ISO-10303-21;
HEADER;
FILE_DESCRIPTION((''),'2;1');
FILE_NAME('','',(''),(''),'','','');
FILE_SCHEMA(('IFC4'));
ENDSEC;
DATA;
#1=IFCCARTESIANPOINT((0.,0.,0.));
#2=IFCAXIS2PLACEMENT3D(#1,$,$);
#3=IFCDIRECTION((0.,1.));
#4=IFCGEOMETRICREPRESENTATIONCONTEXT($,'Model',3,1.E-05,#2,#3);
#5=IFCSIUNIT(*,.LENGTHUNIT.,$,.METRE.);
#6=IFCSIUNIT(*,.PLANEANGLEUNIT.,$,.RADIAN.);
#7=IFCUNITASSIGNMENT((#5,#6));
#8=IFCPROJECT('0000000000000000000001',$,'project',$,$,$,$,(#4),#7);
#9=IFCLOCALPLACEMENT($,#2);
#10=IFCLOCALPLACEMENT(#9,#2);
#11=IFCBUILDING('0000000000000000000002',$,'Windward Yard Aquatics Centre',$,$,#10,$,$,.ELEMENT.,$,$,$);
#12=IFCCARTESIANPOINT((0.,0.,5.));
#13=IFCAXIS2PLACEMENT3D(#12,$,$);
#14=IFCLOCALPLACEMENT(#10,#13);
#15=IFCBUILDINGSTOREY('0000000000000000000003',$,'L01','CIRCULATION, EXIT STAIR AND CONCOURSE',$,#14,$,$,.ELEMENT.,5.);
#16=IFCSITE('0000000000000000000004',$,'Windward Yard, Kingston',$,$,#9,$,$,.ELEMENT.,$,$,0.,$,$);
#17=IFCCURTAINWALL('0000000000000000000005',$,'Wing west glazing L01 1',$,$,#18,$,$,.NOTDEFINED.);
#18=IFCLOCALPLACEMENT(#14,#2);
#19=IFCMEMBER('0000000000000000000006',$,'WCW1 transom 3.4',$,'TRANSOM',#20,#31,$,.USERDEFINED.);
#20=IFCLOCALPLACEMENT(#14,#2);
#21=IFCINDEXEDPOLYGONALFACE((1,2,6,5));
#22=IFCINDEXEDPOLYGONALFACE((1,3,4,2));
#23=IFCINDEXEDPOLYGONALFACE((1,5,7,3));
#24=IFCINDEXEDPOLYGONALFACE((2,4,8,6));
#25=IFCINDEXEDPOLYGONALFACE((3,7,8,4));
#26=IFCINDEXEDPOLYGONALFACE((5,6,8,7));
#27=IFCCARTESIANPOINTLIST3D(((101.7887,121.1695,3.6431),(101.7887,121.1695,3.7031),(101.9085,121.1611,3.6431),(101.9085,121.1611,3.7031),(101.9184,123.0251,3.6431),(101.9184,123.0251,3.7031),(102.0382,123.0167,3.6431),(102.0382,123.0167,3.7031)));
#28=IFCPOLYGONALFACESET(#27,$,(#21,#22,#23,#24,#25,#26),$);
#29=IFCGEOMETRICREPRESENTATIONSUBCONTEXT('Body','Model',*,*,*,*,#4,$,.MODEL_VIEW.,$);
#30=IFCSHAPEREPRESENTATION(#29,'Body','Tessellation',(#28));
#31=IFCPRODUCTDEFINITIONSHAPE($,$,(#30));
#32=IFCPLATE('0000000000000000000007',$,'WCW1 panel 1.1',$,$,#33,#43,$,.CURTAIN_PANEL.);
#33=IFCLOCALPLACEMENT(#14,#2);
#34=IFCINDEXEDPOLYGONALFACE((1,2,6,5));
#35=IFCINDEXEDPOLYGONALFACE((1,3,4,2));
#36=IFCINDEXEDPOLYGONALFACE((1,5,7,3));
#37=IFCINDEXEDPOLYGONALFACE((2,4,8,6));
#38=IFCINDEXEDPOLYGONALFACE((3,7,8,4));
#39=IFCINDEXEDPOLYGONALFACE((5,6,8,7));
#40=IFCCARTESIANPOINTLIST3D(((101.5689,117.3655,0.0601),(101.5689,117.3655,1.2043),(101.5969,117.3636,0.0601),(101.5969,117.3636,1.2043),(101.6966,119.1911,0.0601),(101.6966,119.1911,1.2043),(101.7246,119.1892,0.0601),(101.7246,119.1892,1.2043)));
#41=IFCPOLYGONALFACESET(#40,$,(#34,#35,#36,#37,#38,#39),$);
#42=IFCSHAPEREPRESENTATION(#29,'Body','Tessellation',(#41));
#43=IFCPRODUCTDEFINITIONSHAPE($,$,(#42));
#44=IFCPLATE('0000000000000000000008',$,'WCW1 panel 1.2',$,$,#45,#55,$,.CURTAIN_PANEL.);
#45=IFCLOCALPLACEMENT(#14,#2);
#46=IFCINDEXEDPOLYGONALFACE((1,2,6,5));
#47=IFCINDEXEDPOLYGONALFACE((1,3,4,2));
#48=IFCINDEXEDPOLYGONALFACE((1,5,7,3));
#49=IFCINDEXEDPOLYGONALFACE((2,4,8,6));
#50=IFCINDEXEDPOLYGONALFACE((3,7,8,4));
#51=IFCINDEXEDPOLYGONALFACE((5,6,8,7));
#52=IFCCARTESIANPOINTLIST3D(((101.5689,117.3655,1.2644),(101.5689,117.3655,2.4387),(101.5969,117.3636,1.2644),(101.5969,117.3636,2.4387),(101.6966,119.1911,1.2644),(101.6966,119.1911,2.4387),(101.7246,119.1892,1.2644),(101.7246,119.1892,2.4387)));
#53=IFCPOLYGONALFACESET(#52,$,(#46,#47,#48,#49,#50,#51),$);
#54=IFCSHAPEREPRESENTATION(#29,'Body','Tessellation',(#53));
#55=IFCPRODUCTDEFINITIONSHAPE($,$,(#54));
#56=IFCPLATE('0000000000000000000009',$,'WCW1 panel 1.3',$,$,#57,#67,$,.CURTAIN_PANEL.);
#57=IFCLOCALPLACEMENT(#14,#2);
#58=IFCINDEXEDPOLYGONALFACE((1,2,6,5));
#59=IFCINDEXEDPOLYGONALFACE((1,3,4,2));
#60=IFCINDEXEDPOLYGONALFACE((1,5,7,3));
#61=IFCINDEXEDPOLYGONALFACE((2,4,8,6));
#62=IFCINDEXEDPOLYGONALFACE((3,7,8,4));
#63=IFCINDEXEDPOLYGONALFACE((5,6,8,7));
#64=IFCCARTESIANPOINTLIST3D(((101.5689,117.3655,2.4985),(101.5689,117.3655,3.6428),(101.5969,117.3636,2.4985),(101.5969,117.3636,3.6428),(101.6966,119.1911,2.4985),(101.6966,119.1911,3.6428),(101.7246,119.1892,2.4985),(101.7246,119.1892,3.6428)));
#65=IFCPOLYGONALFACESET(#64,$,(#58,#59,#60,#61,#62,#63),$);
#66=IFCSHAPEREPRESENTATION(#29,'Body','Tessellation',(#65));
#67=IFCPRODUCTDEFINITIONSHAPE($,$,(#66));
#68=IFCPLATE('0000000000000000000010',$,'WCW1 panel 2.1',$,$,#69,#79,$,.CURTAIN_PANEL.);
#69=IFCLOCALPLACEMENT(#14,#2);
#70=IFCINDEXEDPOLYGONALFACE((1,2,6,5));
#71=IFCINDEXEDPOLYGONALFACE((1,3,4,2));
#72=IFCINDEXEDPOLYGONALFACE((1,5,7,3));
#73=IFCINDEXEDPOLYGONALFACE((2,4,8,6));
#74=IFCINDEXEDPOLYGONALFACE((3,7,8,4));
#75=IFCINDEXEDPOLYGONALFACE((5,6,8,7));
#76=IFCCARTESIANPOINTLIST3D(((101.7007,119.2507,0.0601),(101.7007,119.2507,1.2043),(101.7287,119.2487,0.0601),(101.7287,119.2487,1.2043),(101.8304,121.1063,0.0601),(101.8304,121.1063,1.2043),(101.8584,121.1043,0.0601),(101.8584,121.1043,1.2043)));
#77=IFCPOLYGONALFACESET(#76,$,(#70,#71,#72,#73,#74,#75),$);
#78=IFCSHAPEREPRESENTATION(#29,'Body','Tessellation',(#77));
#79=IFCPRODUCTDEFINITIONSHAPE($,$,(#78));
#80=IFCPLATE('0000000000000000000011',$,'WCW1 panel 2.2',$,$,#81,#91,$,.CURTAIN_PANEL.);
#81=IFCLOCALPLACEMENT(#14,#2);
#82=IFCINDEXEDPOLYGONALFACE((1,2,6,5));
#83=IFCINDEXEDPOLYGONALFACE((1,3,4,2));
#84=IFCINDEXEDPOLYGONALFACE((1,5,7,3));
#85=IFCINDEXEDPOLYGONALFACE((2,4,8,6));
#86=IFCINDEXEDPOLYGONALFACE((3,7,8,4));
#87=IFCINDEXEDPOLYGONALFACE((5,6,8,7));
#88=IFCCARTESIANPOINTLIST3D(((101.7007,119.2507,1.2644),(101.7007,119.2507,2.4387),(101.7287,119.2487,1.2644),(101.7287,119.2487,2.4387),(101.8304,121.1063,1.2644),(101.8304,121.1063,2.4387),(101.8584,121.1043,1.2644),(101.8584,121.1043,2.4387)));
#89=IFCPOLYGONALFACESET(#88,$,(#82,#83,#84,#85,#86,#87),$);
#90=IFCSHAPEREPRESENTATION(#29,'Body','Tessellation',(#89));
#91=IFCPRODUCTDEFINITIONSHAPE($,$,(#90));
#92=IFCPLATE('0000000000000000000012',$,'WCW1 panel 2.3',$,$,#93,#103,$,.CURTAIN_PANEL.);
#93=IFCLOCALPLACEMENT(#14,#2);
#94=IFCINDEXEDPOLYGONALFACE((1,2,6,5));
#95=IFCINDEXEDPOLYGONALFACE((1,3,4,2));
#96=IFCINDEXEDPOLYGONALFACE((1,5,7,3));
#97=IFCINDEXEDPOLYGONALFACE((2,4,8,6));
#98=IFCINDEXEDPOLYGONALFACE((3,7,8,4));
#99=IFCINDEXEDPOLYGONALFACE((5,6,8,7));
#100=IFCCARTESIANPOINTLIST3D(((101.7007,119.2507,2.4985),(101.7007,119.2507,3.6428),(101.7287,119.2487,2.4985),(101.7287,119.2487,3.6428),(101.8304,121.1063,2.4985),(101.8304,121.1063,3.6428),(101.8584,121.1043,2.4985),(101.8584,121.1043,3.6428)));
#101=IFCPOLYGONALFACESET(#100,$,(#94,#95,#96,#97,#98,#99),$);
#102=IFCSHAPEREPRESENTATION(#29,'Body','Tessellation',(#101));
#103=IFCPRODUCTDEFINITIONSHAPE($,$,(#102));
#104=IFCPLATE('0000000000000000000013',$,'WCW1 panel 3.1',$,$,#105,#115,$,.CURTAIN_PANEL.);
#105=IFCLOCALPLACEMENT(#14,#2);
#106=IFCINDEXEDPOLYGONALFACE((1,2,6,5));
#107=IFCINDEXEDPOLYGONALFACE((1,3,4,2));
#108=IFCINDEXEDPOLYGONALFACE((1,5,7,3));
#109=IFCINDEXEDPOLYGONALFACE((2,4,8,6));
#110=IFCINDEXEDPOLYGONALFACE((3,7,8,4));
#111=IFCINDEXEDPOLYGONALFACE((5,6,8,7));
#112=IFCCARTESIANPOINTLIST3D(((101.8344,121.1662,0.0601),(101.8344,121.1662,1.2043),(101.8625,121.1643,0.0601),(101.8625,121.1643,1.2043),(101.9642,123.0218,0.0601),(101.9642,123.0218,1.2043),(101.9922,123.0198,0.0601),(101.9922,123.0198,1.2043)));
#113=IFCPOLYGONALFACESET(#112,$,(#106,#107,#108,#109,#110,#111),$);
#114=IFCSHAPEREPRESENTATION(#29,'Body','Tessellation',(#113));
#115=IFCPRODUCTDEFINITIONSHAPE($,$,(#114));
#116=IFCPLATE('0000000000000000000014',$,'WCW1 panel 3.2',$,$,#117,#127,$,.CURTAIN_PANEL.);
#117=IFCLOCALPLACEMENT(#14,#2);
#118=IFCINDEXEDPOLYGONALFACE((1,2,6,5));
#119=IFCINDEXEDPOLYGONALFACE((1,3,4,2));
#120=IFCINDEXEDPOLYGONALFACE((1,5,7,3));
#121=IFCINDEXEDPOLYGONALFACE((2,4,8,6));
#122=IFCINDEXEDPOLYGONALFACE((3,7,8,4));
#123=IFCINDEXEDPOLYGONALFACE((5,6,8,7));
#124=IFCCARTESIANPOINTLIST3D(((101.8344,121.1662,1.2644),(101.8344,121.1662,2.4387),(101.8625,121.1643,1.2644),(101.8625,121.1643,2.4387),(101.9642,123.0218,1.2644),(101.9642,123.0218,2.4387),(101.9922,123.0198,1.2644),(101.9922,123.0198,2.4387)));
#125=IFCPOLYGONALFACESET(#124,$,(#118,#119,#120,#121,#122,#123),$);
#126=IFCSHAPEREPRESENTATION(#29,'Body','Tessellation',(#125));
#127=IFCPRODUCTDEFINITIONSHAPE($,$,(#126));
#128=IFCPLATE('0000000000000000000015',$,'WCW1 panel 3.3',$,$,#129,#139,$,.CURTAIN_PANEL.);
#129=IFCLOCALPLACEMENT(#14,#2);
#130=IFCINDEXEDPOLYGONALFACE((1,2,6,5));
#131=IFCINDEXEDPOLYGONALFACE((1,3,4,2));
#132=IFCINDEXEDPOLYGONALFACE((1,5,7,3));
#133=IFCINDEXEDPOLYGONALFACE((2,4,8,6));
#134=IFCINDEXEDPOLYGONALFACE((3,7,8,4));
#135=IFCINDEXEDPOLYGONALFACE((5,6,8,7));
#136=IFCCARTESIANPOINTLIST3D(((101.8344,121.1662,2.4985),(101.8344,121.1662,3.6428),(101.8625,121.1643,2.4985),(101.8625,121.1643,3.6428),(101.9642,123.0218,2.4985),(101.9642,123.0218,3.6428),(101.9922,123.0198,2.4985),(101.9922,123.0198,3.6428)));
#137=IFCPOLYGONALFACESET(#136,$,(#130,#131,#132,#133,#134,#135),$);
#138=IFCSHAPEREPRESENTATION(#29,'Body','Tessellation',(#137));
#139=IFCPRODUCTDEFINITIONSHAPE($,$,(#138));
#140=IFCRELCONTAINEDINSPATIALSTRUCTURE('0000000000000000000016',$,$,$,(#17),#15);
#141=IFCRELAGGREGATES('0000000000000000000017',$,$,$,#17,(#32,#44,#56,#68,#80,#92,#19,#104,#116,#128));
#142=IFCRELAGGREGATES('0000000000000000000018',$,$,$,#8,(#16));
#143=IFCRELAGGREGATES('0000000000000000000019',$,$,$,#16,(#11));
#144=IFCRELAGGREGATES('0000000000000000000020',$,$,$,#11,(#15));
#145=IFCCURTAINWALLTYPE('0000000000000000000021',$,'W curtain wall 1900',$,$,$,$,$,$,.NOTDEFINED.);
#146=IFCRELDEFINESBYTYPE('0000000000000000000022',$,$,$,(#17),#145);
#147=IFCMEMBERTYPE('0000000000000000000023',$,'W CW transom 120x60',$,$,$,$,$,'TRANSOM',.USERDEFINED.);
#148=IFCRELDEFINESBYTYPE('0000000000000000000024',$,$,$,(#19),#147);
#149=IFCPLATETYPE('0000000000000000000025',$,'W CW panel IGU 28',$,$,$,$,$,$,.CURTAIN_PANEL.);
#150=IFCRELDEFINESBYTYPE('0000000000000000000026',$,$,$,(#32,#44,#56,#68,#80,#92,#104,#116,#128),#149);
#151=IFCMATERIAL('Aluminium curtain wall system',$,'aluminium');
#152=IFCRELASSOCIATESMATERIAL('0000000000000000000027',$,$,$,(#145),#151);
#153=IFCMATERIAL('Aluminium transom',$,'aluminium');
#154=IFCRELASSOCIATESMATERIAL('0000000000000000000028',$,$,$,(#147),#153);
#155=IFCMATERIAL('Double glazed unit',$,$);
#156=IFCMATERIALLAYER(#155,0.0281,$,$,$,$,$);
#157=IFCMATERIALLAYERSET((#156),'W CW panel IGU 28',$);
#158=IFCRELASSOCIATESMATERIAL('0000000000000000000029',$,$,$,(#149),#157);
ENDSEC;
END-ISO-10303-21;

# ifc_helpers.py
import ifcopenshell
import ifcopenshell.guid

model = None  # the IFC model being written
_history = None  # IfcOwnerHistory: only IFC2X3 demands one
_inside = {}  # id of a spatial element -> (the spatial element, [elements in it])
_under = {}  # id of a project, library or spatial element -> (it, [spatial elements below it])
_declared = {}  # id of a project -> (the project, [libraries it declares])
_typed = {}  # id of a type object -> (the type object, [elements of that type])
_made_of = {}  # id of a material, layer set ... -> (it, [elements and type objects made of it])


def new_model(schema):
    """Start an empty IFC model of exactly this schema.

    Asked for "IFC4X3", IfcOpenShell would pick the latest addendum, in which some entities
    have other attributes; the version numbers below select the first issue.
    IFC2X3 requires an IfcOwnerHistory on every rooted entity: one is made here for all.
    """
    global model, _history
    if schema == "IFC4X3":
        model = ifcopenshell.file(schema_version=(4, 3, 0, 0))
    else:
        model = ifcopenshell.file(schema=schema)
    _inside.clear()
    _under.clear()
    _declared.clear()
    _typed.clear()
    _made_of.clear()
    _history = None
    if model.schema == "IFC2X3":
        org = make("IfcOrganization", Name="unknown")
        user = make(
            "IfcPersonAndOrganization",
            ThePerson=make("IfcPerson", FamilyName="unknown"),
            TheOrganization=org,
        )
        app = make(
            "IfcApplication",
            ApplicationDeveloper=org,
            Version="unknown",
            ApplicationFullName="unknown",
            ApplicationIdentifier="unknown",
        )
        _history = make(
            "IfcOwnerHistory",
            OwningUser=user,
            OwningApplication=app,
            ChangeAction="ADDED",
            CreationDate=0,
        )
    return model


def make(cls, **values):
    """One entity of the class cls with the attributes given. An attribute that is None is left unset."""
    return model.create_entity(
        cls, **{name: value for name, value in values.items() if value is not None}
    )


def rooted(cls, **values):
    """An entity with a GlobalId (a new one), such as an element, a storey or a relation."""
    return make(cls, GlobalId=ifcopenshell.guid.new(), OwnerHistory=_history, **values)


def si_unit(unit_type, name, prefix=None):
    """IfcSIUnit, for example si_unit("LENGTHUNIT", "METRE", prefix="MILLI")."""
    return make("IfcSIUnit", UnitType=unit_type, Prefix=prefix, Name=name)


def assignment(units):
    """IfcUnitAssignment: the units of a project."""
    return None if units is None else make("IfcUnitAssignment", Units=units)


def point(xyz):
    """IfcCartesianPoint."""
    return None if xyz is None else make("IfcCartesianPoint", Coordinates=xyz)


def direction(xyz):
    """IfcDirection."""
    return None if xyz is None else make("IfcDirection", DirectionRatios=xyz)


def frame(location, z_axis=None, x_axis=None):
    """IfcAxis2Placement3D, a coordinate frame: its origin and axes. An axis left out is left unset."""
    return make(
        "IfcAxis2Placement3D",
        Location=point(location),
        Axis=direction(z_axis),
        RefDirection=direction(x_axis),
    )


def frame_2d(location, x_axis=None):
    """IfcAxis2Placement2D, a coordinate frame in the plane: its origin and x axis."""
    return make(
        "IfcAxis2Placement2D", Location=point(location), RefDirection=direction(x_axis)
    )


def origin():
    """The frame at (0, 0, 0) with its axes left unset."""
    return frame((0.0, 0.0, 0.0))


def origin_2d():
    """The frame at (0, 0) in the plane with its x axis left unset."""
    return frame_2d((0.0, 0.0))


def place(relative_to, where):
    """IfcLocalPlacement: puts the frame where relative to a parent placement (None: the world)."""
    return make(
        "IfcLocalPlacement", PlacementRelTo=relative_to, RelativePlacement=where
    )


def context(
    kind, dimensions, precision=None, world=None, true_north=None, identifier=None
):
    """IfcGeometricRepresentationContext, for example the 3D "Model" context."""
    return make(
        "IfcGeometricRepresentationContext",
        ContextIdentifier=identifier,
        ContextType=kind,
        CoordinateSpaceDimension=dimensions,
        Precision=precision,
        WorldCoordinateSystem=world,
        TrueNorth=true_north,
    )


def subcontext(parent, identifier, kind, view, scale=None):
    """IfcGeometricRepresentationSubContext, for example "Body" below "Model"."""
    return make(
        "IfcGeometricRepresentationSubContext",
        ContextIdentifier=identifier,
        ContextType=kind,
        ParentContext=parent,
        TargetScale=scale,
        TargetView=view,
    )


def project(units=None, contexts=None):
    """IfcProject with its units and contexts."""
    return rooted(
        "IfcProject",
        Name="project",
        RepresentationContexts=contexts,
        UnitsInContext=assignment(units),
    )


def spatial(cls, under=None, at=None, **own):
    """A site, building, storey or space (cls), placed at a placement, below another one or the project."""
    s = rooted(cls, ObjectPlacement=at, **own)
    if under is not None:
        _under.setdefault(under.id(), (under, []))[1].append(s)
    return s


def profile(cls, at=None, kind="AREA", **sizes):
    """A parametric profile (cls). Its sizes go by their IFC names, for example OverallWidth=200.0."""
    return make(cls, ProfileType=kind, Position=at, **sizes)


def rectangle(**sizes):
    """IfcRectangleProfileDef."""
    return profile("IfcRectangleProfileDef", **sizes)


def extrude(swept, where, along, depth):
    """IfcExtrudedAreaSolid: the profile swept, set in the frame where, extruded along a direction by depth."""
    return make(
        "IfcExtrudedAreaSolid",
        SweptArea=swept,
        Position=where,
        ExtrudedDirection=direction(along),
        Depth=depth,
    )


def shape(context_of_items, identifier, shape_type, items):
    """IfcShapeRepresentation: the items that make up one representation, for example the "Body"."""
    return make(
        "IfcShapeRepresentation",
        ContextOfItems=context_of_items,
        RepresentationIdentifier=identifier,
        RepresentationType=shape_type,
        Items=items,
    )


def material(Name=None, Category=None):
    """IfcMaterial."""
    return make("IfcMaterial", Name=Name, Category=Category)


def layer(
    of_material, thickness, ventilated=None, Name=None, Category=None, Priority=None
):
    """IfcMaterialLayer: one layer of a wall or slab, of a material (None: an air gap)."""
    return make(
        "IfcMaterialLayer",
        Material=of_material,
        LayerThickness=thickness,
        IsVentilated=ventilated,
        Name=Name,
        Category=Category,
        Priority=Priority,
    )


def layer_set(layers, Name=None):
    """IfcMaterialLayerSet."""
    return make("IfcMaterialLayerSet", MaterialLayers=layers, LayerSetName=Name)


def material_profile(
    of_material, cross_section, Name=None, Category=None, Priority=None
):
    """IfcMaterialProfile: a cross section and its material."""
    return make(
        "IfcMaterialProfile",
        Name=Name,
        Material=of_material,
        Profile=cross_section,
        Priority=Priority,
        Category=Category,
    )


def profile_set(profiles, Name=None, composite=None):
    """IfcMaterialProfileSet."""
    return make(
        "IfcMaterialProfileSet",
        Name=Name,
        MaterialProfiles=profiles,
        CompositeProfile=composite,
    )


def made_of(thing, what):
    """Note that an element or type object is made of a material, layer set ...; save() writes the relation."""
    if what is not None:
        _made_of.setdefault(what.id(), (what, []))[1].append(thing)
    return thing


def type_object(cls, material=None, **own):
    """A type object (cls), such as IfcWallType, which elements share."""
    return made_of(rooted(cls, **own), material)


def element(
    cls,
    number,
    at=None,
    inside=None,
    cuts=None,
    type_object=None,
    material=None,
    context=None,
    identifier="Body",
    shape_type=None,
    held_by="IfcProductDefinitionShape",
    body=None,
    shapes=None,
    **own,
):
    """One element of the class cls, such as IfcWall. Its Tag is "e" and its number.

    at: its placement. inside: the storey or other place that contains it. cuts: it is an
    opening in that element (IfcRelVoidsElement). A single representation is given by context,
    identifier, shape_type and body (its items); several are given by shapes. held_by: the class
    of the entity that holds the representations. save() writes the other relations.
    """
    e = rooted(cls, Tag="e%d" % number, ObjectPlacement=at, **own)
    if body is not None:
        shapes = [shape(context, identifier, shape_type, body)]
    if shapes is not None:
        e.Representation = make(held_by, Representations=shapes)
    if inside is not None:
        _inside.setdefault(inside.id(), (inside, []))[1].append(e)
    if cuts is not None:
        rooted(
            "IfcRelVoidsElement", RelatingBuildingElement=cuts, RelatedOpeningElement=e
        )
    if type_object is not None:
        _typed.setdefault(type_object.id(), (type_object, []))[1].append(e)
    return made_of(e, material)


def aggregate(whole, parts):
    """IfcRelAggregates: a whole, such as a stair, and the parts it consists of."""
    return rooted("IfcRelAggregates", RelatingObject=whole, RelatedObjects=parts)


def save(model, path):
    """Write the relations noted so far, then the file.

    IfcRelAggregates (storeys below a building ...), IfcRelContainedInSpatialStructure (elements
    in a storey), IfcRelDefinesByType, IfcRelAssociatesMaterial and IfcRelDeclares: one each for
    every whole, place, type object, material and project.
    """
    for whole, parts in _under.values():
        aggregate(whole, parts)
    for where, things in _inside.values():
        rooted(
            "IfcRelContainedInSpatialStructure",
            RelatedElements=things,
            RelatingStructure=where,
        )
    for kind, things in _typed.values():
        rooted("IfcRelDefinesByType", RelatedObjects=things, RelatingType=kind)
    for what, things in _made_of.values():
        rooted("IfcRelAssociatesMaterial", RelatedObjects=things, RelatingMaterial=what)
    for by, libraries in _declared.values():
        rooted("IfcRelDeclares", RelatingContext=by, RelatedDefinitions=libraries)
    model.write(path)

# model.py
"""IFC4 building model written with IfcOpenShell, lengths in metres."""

from ifc_helpers import new_model, si_unit, direction, frame, origin, origin_2d, place, context, subcontext, project, spatial, rectangle, extrude, material, layer, layer_set, material_profile, profile_set, type_object, element, aggregate, save


model = new_model("IFC4")

# Units and contexts
model_context = context("Model", 3, precision=1e-05, world=origin(), true_north=direction((0.0, 1.0)))
body_context = subcontext(model_context, "Body", "Model", "MODEL_VIEW")
ifc_project = project(units=[si_unit("LENGTHUNIT", "METRE"), si_unit("PLANEANGLEUNIT", "RADIAN")], contexts=[model_context])

# Site, building, storey
site_placement = place(None, origin())
site = spatial("IfcSite", under=ifc_project, at=site_placement, Name="Windward Yard, Kingston", CompositionType="ELEMENT", RefElevation=0.0)
building_placement = place(site_placement, origin())
building = spatial("IfcBuilding", under=site, at=building_placement, Name="Windward Yard Aquatics Centre", CompositionType="ELEMENT")
storey_placement = place(building_placement, frame((0.0, 0.0, 5.0)))
storey = spatial("IfcBuildingStorey", under=building, at=storey_placement, Name="L01", Description="CIRCULATION, EXIT STAIR AND CONCOURSE", CompositionType="ELEMENT", Elevation=5.0)

# Curtain wall, member, plates
ifc_material_1 = material(Name="Aluminium curtain wall system", Category="aluminium")
curtain_wall_type = type_object("IfcCurtainWallType", Name="W curtain wall 1900", PredefinedType="NOTDEFINED", material=ifc_material_1)
curtain_wall_placement = place(storey_placement, origin())
curtain_wall = element("IfcCurtainWall", 1, at=curtain_wall_placement, inside=storey, type_object=curtain_wall_type, Name="Wing west glazing L01 1", PredefinedType="NOTDEFINED")
ifc_material_2 = material(Name="Aluminium transom", Category="aluminium")
ifc_material_profile_1 = material_profile(ifc_material_2, rectangle(XDim=0.1201, YDim=0.0601, at=origin_2d()), Name="AL 120x60")
ifc_profile_set_1 = profile_set([ifc_material_profile_1], Name="Aluminium transom")
member_type_1 = type_object("IfcMemberType", Name="W CW transom 120x60", ElementType="TRANSOM", PredefinedType="USERDEFINED", material=ifc_profile_set_1)
member_1_placement = place(storey_placement, frame((101.8486, 121.1653, 3.6731), z_axis=(0.069699, 0.997568, 0.0), x_axis=(-0.997568, 0.069699, 0.0)))
member_1 = element("IfcMember", 2, at=member_1_placement, type_object=member_type_1, Name="WCW1 transom 3.4", ObjectType="TRANSOM", PredefinedType="USERDEFINED", context=body_context, shape_type="SweptSolid", body=[
    extrude(rectangle(XDim=0.1201, YDim=0.0601, at=origin_2d()), origin(), (0.0, 0.0, 1.0), 1.8601),
])
ifc_material_3 = material(Name="Double glazed unit")
ifc_layer = layer(ifc_material_3, 0.0281)
ifc_layer_set = layer_set([ifc_layer], Name="W CW panel IGU 28")
plate_type = type_object("IfcPlateType", Name="W CW panel IGU 28", PredefinedType="CURTAIN_PANEL", material=ifc_layer_set)
plate_1_placement = place(storey_placement, frame((101.6467, 118.2773, 0.0601), z_axis=(0.0, 0.0, 1.0), x_axis=(0.069755, 0.997564, 0.0)))
plate_1 = element("IfcPlate", 3, at=plate_1_placement, type_object=plate_type, Name="WCW1 panel 1.1", PredefinedType="CURTAIN_PANEL", context=body_context, shape_type="SweptSolid", body=[
    extrude(rectangle(XDim=1.8301, YDim=0.0281, at=origin_2d()), origin(), (0.0, 0.0, 1.0), 1.1443),
])
plate_2_placement = place(storey_placement, frame((101.6467, 118.2773, 1.2644), z_axis=(0.0, 0.0, 1.0), x_axis=(0.069755, 0.997564, 0.0)))
plate_2 = element("IfcPlate", 4, at=plate_2_placement, type_object=plate_type, Name="WCW1 panel 1.2", PredefinedType="CURTAIN_PANEL", context=body_context, shape_type="SweptSolid", body=[
    extrude(rectangle(XDim=1.8301, YDim=0.0281, at=origin_2d()), origin(), (0.0, 0.0, 1.0), 1.1743),
])
plate_3_placement = place(storey_placement, frame((101.6467, 118.2773, 2.4985), z_axis=(0.0, 0.0, 1.0), x_axis=(0.069755, 0.997564, 0.0)))
plate_3 = element("IfcPlate", 5, at=plate_3_placement, type_object=plate_type, Name="WCW1 panel 1.3", PredefinedType="CURTAIN_PANEL", context=body_context, shape_type="SweptSolid", body=[
    extrude(rectangle(XDim=1.8301, YDim=0.0281, at=origin_2d()), origin(), (0.0, 0.0, 1.0), 1.1443),
])
plate_4_placement = place(storey_placement, frame((101.7795, 120.1775, 0.0601), z_axis=(0.0, 0.0, 1.0), x_axis=(0.069755, 0.997564, 0.0)))
plate_4 = element("IfcPlate", 6, at=plate_4_placement, type_object=plate_type, Name="WCW1 panel 2.1", PredefinedType="CURTAIN_PANEL", context=body_context, shape_type="SweptSolid", body=[
    extrude(rectangle(XDim=1.8601, YDim=0.0281, at=origin_2d()), origin(), (0.0, 0.0, 1.0), 1.1443),
])
plate_5_placement = place(storey_placement, frame((101.7795, 120.1775, 1.2644), z_axis=(0.0, 0.0, 1.0), x_axis=(0.069755, 0.997564, 0.0)))
plate_5 = element("IfcPlate", 7, at=plate_5_placement, type_object=plate_type, Name="WCW1 panel 2.2", PredefinedType="CURTAIN_PANEL", context=body_context, shape_type="SweptSolid", body=[
    extrude(rectangle(XDim=1.8601, YDim=0.0281, at=origin_2d()), origin(), (0.0, 0.0, 1.0), 1.1743),
])
plate_6_placement = place(storey_placement, frame((101.7795, 120.1775, 2.4985), z_axis=(0.0, 0.0, 1.0), x_axis=(0.069755, 0.997564, 0.0)))
plate_6 = element("IfcPlate", 8, at=plate_6_placement, type_object=plate_type, Name="WCW1 panel 2.3", PredefinedType="CURTAIN_PANEL", context=body_context, shape_type="SweptSolid", body=[
    extrude(rectangle(XDim=1.8601, YDim=0.0281, at=origin_2d()), origin(), (0.0, 0.0, 1.0), 1.1443),
])
plate_7_placement = place(storey_placement, frame((101.9133, 122.093, 0.0601), z_axis=(0.0, 0.0, 1.0), x_axis=(0.069755, 0.997564, 0.0)))
plate_7 = element("IfcPlate", 9, at=plate_7_placement, type_object=plate_type, Name="WCW1 panel 3.1", PredefinedType="CURTAIN_PANEL", context=body_context, shape_type="SweptSolid", body=[
    extrude(rectangle(XDim=1.8601, YDim=0.0281, at=origin_2d()), origin(), (0.0, 0.0, 1.0), 1.1443),
])
plate_8_placement = place(storey_placement, frame((101.9133, 122.093, 1.2644), z_axis=(0.0, 0.0, 1.0), x_axis=(0.069755, 0.997564, 0.0)))
plate_8 = element("IfcPlate", 10, at=plate_8_placement, type_object=plate_type, Name="WCW1 panel 3.2", PredefinedType="CURTAIN_PANEL", context=body_context, shape_type="SweptSolid", body=[
    extrude(rectangle(XDim=1.8601, YDim=0.0281, at=origin_2d()), origin(), (0.0, 0.0, 1.0), 1.1743),
])
plate_9_placement = place(storey_placement, frame((101.9133, 122.093, 2.4985), z_axis=(0.0, 0.0, 1.0), x_axis=(0.069755, 0.997564, 0.0)))
plate_9 = element("IfcPlate", 11, at=plate_9_placement, type_object=plate_type, Name="WCW1 panel 3.3", PredefinedType="CURTAIN_PANEL", context=body_context, shape_type="SweptSolid", body=[
    extrude(rectangle(XDim=1.8601, YDim=0.0281, at=origin_2d()), origin(), (0.0, 0.0, 1.0), 1.1443),
])
aggregate(curtain_wall, [plate_1, plate_2, plate_3, plate_4, plate_5, plate_6, member_1, plate_7, plate_8, plate_9])

save(model, "model.ifc")
